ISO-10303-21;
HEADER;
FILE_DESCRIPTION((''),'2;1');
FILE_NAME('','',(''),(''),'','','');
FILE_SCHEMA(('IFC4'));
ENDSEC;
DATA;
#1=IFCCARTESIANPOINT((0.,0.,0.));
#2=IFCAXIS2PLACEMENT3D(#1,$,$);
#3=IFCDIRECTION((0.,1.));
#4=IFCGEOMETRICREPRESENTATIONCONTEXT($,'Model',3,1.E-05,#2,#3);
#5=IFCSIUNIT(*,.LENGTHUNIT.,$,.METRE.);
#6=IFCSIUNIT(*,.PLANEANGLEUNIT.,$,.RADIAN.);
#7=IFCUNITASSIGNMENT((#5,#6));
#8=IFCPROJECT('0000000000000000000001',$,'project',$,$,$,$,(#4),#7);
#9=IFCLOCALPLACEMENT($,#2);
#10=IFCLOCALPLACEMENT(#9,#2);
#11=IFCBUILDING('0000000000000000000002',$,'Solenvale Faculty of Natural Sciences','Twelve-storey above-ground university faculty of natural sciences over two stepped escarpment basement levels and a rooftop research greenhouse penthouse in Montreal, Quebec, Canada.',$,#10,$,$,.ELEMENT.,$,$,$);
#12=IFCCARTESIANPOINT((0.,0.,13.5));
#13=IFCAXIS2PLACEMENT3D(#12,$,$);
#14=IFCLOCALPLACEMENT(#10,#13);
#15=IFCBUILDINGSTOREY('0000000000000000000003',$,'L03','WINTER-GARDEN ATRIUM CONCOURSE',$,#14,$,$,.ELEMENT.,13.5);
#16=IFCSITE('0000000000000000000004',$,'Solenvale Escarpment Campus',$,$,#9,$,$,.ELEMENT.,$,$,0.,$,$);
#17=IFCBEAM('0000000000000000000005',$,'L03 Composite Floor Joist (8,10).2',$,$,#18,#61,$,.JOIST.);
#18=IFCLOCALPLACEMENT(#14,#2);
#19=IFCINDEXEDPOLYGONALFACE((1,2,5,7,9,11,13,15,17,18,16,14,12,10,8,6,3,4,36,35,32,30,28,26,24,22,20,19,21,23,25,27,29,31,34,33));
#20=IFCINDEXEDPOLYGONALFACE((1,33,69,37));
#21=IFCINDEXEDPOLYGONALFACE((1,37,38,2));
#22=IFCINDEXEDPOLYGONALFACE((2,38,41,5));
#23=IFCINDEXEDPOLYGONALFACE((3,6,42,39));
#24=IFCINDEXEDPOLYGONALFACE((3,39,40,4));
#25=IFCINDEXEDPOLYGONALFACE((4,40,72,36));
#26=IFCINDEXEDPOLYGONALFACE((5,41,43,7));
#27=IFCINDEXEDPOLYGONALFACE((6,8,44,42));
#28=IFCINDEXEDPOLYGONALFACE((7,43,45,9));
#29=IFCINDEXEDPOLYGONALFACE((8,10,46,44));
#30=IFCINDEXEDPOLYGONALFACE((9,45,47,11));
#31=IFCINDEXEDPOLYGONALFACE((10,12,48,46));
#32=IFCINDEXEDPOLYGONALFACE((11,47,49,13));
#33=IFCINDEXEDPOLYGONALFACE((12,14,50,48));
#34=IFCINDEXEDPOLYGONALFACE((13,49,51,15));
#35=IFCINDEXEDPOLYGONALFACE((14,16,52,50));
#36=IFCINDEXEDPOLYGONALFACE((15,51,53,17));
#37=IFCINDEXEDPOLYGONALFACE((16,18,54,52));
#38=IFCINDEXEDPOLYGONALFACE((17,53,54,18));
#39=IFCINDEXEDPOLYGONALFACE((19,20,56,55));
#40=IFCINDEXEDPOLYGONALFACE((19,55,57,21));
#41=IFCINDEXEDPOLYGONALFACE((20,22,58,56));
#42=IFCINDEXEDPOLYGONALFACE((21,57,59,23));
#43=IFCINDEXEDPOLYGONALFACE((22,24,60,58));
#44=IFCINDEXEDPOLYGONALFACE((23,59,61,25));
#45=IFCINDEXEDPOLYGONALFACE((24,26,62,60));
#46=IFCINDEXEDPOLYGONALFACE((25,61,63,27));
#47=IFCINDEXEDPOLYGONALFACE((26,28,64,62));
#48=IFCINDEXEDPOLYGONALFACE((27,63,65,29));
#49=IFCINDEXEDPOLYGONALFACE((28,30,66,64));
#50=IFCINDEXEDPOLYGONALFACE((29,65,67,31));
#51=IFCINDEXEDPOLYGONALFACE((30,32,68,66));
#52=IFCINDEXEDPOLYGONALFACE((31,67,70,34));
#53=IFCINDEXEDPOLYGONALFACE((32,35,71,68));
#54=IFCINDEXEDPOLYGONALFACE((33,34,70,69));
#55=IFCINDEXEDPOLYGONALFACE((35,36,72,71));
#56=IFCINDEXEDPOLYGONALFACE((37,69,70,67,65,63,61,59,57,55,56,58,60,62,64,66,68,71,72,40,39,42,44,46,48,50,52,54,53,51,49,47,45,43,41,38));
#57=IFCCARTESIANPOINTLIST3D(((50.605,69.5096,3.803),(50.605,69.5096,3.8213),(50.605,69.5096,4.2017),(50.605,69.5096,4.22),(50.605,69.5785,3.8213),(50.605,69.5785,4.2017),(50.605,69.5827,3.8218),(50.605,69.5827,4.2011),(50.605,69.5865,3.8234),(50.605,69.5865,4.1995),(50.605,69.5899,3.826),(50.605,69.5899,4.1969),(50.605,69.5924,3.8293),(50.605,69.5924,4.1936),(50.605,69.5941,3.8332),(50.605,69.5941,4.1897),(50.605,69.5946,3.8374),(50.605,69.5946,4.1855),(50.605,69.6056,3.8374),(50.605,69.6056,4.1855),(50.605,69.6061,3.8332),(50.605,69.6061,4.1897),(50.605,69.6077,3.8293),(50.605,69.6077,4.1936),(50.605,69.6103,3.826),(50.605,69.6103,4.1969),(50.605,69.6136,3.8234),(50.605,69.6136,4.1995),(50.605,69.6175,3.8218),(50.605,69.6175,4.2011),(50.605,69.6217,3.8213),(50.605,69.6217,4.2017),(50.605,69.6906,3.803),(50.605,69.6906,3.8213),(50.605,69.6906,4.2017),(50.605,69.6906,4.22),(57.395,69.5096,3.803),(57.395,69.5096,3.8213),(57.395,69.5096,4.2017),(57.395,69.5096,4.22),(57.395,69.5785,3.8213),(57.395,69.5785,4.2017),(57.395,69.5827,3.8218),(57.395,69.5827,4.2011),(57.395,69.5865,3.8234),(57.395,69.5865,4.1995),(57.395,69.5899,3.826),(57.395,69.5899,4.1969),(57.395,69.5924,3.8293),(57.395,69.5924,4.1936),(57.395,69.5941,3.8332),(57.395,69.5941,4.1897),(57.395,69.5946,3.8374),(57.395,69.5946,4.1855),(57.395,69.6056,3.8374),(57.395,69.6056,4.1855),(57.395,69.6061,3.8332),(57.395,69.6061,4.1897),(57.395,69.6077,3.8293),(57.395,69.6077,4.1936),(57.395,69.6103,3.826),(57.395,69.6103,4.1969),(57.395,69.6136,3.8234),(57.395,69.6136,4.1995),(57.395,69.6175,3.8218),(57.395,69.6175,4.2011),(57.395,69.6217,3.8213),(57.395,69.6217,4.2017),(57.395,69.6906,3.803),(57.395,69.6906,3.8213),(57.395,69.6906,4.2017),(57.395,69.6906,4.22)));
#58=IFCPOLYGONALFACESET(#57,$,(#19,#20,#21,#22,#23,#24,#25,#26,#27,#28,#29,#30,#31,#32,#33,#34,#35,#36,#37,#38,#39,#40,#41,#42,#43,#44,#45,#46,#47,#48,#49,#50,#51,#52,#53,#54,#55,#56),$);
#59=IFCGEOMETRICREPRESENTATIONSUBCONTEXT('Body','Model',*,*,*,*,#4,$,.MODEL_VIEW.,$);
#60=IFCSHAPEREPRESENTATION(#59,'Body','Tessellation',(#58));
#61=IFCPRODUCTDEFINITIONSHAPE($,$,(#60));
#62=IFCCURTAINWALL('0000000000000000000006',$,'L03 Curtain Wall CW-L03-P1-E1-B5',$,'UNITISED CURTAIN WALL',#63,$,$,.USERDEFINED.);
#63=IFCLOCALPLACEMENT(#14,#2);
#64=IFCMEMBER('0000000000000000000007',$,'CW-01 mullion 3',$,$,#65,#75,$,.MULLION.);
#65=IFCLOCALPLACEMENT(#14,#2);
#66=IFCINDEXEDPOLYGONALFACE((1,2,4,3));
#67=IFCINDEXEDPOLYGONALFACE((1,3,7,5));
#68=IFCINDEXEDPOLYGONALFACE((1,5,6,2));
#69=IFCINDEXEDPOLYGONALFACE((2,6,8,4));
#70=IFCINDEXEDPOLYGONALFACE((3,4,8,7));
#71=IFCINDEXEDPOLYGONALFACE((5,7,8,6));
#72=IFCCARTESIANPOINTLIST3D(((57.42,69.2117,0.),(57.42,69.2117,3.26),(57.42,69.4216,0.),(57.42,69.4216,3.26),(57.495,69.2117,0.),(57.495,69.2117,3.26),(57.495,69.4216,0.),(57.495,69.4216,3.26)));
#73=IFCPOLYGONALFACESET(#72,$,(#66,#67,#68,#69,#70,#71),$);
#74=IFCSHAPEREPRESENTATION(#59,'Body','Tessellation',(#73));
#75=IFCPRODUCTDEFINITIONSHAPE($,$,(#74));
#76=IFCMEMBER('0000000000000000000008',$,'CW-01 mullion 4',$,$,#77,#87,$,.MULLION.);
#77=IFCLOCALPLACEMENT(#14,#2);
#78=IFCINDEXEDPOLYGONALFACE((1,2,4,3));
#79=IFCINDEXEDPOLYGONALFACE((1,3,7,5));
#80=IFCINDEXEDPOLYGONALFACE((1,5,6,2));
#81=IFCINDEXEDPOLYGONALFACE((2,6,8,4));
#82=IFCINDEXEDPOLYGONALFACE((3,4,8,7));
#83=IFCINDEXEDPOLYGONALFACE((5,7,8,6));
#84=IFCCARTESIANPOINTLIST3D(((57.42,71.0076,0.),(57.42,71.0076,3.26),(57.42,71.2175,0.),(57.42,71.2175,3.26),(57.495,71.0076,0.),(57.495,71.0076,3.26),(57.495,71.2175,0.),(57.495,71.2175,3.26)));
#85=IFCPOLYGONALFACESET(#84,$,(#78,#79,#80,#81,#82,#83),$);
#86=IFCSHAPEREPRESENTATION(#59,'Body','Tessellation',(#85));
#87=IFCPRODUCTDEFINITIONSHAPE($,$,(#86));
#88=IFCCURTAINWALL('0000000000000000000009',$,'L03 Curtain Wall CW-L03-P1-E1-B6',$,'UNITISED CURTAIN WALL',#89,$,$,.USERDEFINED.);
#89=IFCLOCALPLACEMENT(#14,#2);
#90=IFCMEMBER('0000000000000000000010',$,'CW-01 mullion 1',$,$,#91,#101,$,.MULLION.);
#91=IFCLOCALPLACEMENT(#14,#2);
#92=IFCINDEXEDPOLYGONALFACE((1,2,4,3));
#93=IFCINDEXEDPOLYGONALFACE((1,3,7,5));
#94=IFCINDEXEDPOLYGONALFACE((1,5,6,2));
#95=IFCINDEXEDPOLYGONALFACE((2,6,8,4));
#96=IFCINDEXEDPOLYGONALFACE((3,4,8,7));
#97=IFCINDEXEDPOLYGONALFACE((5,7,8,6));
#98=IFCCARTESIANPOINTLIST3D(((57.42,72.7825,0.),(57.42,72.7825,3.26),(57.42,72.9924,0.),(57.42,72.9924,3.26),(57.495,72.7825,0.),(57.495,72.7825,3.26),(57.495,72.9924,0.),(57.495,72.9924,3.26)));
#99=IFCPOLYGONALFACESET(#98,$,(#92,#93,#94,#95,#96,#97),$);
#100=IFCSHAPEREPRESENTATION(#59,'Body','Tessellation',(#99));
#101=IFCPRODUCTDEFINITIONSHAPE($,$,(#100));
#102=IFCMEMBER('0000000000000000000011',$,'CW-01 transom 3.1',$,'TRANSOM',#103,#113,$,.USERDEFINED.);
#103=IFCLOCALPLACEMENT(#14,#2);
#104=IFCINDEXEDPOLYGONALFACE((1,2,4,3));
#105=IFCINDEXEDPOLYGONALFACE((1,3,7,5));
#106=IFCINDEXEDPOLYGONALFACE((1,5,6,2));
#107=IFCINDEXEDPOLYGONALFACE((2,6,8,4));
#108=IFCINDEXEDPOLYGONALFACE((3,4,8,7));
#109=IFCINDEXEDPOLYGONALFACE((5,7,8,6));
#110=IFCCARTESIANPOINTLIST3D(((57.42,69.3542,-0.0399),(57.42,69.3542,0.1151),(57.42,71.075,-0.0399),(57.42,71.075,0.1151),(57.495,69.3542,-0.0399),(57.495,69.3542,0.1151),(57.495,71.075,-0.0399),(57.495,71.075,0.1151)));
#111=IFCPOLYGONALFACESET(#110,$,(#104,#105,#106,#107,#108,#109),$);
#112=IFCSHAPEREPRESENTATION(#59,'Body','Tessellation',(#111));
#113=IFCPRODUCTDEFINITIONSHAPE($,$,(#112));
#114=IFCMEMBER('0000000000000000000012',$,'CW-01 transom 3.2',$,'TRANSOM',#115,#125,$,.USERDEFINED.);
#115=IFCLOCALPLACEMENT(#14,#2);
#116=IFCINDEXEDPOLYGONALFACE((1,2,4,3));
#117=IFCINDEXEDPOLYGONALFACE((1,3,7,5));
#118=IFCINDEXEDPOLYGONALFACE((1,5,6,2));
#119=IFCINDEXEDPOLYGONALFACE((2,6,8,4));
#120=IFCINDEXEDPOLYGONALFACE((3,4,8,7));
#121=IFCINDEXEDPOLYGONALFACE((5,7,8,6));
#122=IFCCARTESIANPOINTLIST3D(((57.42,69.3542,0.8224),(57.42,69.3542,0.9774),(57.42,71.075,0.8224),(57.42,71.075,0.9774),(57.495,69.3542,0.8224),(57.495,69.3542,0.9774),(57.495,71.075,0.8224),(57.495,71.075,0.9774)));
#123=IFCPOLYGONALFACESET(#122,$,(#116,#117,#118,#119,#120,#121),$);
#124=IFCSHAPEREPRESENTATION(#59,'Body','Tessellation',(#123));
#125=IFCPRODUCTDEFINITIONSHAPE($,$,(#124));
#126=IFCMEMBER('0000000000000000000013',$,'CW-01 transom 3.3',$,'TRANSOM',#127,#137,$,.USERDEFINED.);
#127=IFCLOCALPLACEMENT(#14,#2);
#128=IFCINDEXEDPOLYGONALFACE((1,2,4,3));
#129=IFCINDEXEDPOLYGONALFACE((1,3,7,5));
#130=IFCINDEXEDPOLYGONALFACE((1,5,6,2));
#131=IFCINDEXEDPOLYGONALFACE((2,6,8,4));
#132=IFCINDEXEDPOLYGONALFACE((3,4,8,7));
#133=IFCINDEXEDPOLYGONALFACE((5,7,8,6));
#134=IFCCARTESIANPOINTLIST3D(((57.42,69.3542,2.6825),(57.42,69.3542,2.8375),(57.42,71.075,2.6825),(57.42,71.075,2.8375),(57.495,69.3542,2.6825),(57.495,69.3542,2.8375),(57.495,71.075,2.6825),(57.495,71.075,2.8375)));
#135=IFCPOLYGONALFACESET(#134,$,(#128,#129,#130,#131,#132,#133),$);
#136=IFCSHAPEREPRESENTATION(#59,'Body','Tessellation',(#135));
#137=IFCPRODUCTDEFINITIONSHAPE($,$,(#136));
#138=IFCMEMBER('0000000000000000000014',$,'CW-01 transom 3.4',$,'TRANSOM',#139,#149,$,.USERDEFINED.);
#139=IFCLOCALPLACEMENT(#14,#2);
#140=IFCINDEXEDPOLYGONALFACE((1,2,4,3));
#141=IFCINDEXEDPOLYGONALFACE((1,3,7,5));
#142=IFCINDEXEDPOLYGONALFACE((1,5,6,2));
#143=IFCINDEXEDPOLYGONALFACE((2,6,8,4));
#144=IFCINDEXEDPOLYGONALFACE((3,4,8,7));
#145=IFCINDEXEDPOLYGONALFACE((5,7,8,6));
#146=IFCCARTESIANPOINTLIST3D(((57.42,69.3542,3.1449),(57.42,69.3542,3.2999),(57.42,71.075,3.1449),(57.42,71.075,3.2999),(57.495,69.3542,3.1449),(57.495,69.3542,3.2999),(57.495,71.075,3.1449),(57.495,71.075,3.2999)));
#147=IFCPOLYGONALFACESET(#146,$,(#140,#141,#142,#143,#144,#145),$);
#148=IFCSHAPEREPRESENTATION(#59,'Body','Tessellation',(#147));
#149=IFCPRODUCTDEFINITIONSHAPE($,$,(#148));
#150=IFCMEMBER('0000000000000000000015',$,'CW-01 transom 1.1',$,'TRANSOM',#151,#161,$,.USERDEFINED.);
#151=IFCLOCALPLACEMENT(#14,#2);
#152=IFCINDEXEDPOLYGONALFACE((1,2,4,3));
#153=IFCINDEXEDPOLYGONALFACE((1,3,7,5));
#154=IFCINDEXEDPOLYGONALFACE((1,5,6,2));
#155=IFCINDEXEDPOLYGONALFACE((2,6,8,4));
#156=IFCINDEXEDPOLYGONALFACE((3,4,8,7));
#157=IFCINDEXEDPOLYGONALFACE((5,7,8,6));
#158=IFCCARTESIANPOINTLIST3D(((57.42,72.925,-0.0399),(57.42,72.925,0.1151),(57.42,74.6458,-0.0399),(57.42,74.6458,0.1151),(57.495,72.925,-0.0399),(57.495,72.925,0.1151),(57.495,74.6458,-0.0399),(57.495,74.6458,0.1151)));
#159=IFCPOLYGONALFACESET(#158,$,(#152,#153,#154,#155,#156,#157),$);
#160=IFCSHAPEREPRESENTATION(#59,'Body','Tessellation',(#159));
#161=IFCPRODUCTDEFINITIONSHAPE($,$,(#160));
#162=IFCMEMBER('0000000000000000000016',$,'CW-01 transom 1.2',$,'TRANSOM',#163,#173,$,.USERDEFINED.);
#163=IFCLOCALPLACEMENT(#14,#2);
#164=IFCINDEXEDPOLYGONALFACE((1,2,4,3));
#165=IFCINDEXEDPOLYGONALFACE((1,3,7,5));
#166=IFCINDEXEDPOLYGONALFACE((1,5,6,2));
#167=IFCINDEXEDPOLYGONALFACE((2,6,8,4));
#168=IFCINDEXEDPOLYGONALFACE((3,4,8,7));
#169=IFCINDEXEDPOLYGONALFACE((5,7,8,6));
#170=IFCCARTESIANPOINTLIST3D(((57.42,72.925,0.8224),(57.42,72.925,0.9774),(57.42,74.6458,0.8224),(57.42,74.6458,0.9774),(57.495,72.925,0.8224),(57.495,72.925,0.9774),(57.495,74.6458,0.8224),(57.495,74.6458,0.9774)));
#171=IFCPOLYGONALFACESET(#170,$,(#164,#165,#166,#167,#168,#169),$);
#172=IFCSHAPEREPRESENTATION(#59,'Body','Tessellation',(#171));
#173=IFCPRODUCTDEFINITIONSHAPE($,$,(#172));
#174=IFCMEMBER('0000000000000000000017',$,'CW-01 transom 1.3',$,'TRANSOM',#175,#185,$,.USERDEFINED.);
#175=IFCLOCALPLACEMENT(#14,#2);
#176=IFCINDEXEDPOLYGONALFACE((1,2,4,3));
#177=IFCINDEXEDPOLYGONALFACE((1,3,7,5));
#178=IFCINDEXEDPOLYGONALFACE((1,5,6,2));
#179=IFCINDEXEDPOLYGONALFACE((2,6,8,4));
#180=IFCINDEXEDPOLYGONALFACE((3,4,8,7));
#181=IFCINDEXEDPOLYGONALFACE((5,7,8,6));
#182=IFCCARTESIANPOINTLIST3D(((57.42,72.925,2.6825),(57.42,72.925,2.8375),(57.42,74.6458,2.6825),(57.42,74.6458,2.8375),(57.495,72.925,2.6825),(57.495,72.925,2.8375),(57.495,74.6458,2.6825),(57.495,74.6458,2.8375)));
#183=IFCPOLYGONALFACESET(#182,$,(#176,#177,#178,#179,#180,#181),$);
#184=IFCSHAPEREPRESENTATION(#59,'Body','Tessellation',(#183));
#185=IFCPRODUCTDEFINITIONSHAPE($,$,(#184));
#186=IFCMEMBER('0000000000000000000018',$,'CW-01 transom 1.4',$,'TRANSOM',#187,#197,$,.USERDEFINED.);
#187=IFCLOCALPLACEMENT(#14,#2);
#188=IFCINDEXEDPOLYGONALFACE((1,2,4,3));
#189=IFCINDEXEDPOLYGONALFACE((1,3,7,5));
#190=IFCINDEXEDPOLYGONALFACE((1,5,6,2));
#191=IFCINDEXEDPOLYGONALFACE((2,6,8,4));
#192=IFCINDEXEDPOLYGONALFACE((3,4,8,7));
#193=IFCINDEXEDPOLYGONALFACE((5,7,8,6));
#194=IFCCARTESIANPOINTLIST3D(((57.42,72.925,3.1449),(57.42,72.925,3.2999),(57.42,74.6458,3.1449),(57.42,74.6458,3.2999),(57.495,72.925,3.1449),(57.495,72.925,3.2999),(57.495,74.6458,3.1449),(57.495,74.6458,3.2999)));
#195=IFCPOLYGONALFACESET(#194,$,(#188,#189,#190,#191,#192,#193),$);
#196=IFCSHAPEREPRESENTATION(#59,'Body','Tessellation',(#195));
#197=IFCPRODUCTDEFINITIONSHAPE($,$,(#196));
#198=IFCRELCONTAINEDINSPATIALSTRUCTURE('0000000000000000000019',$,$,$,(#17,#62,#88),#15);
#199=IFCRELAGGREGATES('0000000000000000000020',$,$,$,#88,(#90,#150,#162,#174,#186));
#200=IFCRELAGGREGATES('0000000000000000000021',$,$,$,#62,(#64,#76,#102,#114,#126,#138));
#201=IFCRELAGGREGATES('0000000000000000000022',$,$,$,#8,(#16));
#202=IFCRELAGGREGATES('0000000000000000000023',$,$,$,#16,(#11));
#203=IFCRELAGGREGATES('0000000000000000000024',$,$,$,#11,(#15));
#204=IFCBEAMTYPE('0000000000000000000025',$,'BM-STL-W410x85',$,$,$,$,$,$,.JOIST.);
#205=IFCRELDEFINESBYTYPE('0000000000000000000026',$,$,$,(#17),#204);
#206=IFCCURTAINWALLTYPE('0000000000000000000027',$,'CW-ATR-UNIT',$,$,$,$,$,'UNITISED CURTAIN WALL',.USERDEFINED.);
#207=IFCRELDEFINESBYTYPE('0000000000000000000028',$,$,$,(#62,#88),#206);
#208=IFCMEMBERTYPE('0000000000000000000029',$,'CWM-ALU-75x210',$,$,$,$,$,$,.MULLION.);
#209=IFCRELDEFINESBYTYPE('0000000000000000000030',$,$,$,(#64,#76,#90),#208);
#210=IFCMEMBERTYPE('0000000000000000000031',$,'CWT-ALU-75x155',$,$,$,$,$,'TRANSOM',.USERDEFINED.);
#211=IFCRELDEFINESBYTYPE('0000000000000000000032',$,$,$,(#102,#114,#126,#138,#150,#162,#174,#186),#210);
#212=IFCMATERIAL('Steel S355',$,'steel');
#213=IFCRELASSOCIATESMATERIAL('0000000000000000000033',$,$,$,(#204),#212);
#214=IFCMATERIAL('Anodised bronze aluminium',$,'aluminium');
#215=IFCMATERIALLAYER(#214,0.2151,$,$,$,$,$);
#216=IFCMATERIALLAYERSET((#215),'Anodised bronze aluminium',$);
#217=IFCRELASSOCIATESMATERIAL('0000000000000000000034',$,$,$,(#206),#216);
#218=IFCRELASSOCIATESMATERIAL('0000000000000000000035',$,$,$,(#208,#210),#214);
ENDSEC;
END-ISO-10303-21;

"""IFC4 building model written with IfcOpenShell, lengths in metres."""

from ifc_helpers import new_model, si_unit, direction, frame, origin, origin_2d, place, context, subcontext, project, spatial, rectangle, i_section, extrude, material, layer, layer_set, material_profile, profile_set, type_object, element, aggregate, save


model = new_model("IFC4")

# Units and contexts
model_context = context("Model", 3, precision=1e-05, world=origin(), true_north=direction((0.0, 1.0)))
body_context = subcontext(model_context, "Body", "Model", "MODEL_VIEW")
ifc_project = project(units=[si_unit("LENGTHUNIT", "METRE"), si_unit("PLANEANGLEUNIT", "RADIAN")], contexts=[model_context])

# Site, building, storey
site_placement = place(None, origin())
site = spatial("IfcSite", under=ifc_project, at=site_placement, Name="Solenvale Escarpment Campus", CompositionType="ELEMENT", RefElevation=0.0)
building_placement = place(site_placement, origin())
building = spatial("IfcBuilding", under=site, at=building_placement, Name="Solenvale Faculty of Natural Sciences", Description="Twelve-storey above-ground university faculty of natural sciences over two stepped escarpment basement levels and a rooftop research greenhouse penthouse in Montreal, Quebec, Canada.", CompositionType="ELEMENT")
storey_placement = place(building_placement, frame((0.0, 0.0, 13.5)))
storey = spatial("IfcBuildingStorey", under=building, at=storey_placement, Name="L03", Description="WINTER-GARDEN ATRIUM CONCOURSE", CompositionType="ELEMENT", Elevation=13.5)

# Beam
ifc_material_1 = material(Name="Steel S355", Category="steel")
ifc_material_profile_1 = material_profile(ifc_material_1, i_section(OverallWidth=0.1809, OverallDepth=0.417, WebThickness=0.011, FlangeThickness=0.0183, FilletRadius=0.0161, at=origin_2d()), Name="W410x85")
ifc_profile_set_1 = profile_set([ifc_material_profile_1], Name="Steel S355")
beam_type_1 = type_object("IfcBeamType", Name="BM-STL-W410x85", PredefinedType="JOIST", material=ifc_profile_set_1)
beam_1_placement = place(storey_placement, frame((50.605, 69.6001, 4.0115), z_axis=(1.0, 0.0, 0.0), x_axis=(0.0, 1.0, 0.0)))
element("IfcBeam", 1, at=beam_1_placement, inside=storey, type_object=beam_type_1, Name="L03 Composite Floor Joist (8,10).2", PredefinedType="JOIST", context=body_context, shape_type="SweptSolid", body=[
    extrude(i_section(OverallWidth=0.1809, OverallDepth=0.417, WebThickness=0.011, FlangeThickness=0.0183, FilletRadius=0.0161, at=origin_2d()), origin(), (0.0, 0.0, 1.0), 6.79),
])

# Curtain wall, members
ifc_material_2 = material(Name="Anodised bronze aluminium", Category="aluminium")
ifc_layer_1 = layer(ifc_material_2, 0.2151)
ifc_layer_set_1 = layer_set([ifc_layer_1], Name="Anodised bronze aluminium")
curtain_wall_type = type_object("IfcCurtainWallType", Name="CW-ATR-UNIT", ElementType="UNITISED CURTAIN WALL", PredefinedType="USERDEFINED", material=ifc_layer_set_1)
curtain_wall_1_placement = place(storey_placement, origin())
curtain_wall_1 = element("IfcCurtainWall", 2, at=curtain_wall_1_placement, inside=storey, type_object=curtain_wall_type, Name="L03 Curtain Wall CW-L03-P1-E1-B5", ObjectType="UNITISED CURTAIN WALL", PredefinedType="USERDEFINED")
ifc_material_profile_2 = material_profile(ifc_material_2, rectangle(XDim=0.075, YDim=0.21, at=origin_2d()), Name="ALU-MUL-75x210")
ifc_profile_set_2 = profile_set([ifc_material_profile_2], Name="Anodised bronze aluminium")
member_type_1 = type_object("IfcMemberType", Name="CWM-ALU-75x210", PredefinedType="MULLION", material=ifc_profile_set_2)
member_1_placement = place(storey_placement, frame((57.4575, 69.3167, 0.0), z_axis=(0.0, 0.0, 1.0), x_axis=(-1.0, 0.0, 0.0)))
member_1 = element("IfcMember", 3, at=member_1_placement, type_object=member_type_1, Name="CW-01 mullion 3", PredefinedType="MULLION", context=body_context, shape_type="SweptSolid", body=[
    extrude(rectangle(XDim=0.075, YDim=0.21, at=origin_2d()), origin(), (0.0, 0.0, 1.0), 3.26),
])
member_2_placement = place(storey_placement, frame((57.4575, 71.1125, 0.0), z_axis=(0.0, 0.0, 1.0), x_axis=(-1.0, 0.0, 0.0)))
member_2 = element("IfcMember", 4, at=member_2_placement, type_object=member_type_1, Name="CW-01 mullion 4", PredefinedType="MULLION", context=body_context, shape_type="SweptSolid", body=[
    extrude(rectangle(XDim=0.075, YDim=0.21, at=origin_2d()), origin(), (0.0, 0.0, 1.0), 3.26),
])

# Curtain wall, member
curtain_wall_2_placement = place(storey_placement, origin())
curtain_wall_2 = element("IfcCurtainWall", 5, at=curtain_wall_2_placement, inside=storey, type_object=curtain_wall_type, Name="L03 Curtain Wall CW-L03-P1-E1-B6", ObjectType="UNITISED CURTAIN WALL", PredefinedType="USERDEFINED")
member_3_placement = place(storey_placement, frame((57.4575, 72.8875, 0.0), z_axis=(0.0, 0.0, 1.0), x_axis=(-1.0, 0.0, 0.0)))
member_3 = element("IfcMember", 6, at=member_3_placement, type_object=member_type_1, Name="CW-01 mullion 1", PredefinedType="MULLION", context=body_context, shape_type="SweptSolid", body=[
    extrude(rectangle(XDim=0.075, YDim=0.21, at=origin_2d()), origin(), (0.0, 0.0, 1.0), 3.26),
])

# Members
ifc_material_profile_3 = material_profile(ifc_material_2, rectangle(XDim=0.075, YDim=0.155, at=origin_2d()), Name="ALU-TRN-75x155")
ifc_profile_set_3 = profile_set([ifc_material_profile_3], Name="Anodised bronze aluminium")
member_type_2 = type_object("IfcMemberType", Name="CWT-ALU-75x155", ElementType="TRANSOM", PredefinedType="USERDEFINED", material=ifc_profile_set_3)
member_4_placement = place(storey_placement, frame((57.4575, 69.3542, 0.0376), z_axis=(0.0, 1.0, 0.0), x_axis=(-1.0, 0.0, 0.0)))
member_4 = element("IfcMember", 7, at=member_4_placement, type_object=member_type_2, Name="CW-01 transom 3.1", ObjectType="TRANSOM", PredefinedType="USERDEFINED", context=body_context, shape_type="SweptSolid", body=[
    extrude(rectangle(XDim=0.075, YDim=0.155, at=origin_2d()), origin(), (0.0, 0.0, 1.0), 1.7207),
])
member_5_placement = place(storey_placement, frame((57.4575, 69.3542, 0.8999), z_axis=(0.0, 1.0, 0.0), x_axis=(-1.0, 0.0, 0.0)))
member_5 = element("IfcMember", 8, at=member_5_placement, type_object=member_type_2, Name="CW-01 transom 3.2", ObjectType="TRANSOM", PredefinedType="USERDEFINED", context=body_context, shape_type="SweptSolid", body=[
    extrude(rectangle(XDim=0.075, YDim=0.155, at=origin_2d()), origin(), (0.0, 0.0, 1.0), 1.7207),
])
member_6_placement = place(storey_placement, frame((57.4575, 69.3542, 2.76), z_axis=(0.0, 1.0, 0.0), x_axis=(-1.0, 0.0, 0.0)))
member_6 = element("IfcMember", 9, at=member_6_placement, type_object=member_type_2, Name="CW-01 transom 3.3", ObjectType="TRANSOM", PredefinedType="USERDEFINED", context=body_context, shape_type="SweptSolid", body=[
    extrude(rectangle(XDim=0.075, YDim=0.155, at=origin_2d()), origin(), (0.0, 0.0, 1.0), 1.7207),
])
member_7_placement = place(storey_placement, frame((57.4575, 69.3542, 3.2224), z_axis=(0.0, 1.0, 0.0), x_axis=(-1.0, 0.0, 0.0)))
member_7 = element("IfcMember", 10, at=member_7_placement, type_object=member_type_2, Name="CW-01 transom 3.4", ObjectType="TRANSOM", PredefinedType="USERDEFINED", context=body_context, shape_type="SweptSolid", body=[
    extrude(rectangle(XDim=0.075, YDim=0.155, at=origin_2d()), origin(), (0.0, 0.0, 1.0), 1.7207),
])
member_8_placement = place(storey_placement, frame((57.4575, 72.925, 0.0376), z_axis=(0.0, 1.0, 0.0), x_axis=(-1.0, 0.0, 0.0)))
member_8 = element("IfcMember", 11, at=member_8_placement, type_object=member_type_2, Name="CW-01 transom 1.1", ObjectType="TRANSOM", PredefinedType="USERDEFINED", context=body_context, shape_type="SweptSolid", body=[
    extrude(rectangle(XDim=0.075, YDim=0.155, at=origin_2d()), origin(), (0.0, 0.0, 1.0), 1.7207),
])
member_9_placement = place(storey_placement, frame((57.4575, 72.925, 0.8999), z_axis=(0.0, 1.0, 0.0), x_axis=(-1.0, 0.0, 0.0)))
member_9 = element("IfcMember", 12, at=member_9_placement, type_object=member_type_2, Name="CW-01 transom 1.2", ObjectType="TRANSOM", PredefinedType="USERDEFINED", context=body_context, shape_type="SweptSolid", body=[
    extrude(rectangle(XDim=0.075, YDim=0.155, at=origin_2d()), origin(), (0.0, 0.0, 1.0), 1.7207),
])
member_10_placement = place(storey_placement, frame((57.4575, 72.925, 2.76), z_axis=(0.0, 1.0, 0.0), x_axis=(-1.0, 0.0, 0.0)))
member_10 = element("IfcMember", 13, at=member_10_placement, type_object=member_type_2, Name="CW-01 transom 1.3", ObjectType="TRANSOM", PredefinedType="USERDEFINED", context=body_context, shape_type="SweptSolid", body=[
    extrude(rectangle(XDim=0.075, YDim=0.155, at=origin_2d()), origin(), (0.0, 0.0, 1.0), 1.7207),
])
member_11_placement = place(storey_placement, frame((57.4575, 72.925, 3.2224), z_axis=(0.0, 1.0, 0.0), x_axis=(-1.0, 0.0, 0.0)))
member_11 = element("IfcMember", 14, at=member_11_placement, type_object=member_type_2, Name="CW-01 transom 1.4", ObjectType="TRANSOM", PredefinedType="USERDEFINED", context=body_context, shape_type="SweptSolid", body=[
    extrude(rectangle(XDim=0.075, YDim=0.155, at=origin_2d()), origin(), (0.0, 0.0, 1.0), 1.7207),
])
aggregate(curtain_wall_2, [member_3, member_8, member_9, member_10, member_11])

aggregate(curtain_wall_1, [member_1, member_2, member_4, member_5, member_6, member_7])

save(model, "model.ifc")
